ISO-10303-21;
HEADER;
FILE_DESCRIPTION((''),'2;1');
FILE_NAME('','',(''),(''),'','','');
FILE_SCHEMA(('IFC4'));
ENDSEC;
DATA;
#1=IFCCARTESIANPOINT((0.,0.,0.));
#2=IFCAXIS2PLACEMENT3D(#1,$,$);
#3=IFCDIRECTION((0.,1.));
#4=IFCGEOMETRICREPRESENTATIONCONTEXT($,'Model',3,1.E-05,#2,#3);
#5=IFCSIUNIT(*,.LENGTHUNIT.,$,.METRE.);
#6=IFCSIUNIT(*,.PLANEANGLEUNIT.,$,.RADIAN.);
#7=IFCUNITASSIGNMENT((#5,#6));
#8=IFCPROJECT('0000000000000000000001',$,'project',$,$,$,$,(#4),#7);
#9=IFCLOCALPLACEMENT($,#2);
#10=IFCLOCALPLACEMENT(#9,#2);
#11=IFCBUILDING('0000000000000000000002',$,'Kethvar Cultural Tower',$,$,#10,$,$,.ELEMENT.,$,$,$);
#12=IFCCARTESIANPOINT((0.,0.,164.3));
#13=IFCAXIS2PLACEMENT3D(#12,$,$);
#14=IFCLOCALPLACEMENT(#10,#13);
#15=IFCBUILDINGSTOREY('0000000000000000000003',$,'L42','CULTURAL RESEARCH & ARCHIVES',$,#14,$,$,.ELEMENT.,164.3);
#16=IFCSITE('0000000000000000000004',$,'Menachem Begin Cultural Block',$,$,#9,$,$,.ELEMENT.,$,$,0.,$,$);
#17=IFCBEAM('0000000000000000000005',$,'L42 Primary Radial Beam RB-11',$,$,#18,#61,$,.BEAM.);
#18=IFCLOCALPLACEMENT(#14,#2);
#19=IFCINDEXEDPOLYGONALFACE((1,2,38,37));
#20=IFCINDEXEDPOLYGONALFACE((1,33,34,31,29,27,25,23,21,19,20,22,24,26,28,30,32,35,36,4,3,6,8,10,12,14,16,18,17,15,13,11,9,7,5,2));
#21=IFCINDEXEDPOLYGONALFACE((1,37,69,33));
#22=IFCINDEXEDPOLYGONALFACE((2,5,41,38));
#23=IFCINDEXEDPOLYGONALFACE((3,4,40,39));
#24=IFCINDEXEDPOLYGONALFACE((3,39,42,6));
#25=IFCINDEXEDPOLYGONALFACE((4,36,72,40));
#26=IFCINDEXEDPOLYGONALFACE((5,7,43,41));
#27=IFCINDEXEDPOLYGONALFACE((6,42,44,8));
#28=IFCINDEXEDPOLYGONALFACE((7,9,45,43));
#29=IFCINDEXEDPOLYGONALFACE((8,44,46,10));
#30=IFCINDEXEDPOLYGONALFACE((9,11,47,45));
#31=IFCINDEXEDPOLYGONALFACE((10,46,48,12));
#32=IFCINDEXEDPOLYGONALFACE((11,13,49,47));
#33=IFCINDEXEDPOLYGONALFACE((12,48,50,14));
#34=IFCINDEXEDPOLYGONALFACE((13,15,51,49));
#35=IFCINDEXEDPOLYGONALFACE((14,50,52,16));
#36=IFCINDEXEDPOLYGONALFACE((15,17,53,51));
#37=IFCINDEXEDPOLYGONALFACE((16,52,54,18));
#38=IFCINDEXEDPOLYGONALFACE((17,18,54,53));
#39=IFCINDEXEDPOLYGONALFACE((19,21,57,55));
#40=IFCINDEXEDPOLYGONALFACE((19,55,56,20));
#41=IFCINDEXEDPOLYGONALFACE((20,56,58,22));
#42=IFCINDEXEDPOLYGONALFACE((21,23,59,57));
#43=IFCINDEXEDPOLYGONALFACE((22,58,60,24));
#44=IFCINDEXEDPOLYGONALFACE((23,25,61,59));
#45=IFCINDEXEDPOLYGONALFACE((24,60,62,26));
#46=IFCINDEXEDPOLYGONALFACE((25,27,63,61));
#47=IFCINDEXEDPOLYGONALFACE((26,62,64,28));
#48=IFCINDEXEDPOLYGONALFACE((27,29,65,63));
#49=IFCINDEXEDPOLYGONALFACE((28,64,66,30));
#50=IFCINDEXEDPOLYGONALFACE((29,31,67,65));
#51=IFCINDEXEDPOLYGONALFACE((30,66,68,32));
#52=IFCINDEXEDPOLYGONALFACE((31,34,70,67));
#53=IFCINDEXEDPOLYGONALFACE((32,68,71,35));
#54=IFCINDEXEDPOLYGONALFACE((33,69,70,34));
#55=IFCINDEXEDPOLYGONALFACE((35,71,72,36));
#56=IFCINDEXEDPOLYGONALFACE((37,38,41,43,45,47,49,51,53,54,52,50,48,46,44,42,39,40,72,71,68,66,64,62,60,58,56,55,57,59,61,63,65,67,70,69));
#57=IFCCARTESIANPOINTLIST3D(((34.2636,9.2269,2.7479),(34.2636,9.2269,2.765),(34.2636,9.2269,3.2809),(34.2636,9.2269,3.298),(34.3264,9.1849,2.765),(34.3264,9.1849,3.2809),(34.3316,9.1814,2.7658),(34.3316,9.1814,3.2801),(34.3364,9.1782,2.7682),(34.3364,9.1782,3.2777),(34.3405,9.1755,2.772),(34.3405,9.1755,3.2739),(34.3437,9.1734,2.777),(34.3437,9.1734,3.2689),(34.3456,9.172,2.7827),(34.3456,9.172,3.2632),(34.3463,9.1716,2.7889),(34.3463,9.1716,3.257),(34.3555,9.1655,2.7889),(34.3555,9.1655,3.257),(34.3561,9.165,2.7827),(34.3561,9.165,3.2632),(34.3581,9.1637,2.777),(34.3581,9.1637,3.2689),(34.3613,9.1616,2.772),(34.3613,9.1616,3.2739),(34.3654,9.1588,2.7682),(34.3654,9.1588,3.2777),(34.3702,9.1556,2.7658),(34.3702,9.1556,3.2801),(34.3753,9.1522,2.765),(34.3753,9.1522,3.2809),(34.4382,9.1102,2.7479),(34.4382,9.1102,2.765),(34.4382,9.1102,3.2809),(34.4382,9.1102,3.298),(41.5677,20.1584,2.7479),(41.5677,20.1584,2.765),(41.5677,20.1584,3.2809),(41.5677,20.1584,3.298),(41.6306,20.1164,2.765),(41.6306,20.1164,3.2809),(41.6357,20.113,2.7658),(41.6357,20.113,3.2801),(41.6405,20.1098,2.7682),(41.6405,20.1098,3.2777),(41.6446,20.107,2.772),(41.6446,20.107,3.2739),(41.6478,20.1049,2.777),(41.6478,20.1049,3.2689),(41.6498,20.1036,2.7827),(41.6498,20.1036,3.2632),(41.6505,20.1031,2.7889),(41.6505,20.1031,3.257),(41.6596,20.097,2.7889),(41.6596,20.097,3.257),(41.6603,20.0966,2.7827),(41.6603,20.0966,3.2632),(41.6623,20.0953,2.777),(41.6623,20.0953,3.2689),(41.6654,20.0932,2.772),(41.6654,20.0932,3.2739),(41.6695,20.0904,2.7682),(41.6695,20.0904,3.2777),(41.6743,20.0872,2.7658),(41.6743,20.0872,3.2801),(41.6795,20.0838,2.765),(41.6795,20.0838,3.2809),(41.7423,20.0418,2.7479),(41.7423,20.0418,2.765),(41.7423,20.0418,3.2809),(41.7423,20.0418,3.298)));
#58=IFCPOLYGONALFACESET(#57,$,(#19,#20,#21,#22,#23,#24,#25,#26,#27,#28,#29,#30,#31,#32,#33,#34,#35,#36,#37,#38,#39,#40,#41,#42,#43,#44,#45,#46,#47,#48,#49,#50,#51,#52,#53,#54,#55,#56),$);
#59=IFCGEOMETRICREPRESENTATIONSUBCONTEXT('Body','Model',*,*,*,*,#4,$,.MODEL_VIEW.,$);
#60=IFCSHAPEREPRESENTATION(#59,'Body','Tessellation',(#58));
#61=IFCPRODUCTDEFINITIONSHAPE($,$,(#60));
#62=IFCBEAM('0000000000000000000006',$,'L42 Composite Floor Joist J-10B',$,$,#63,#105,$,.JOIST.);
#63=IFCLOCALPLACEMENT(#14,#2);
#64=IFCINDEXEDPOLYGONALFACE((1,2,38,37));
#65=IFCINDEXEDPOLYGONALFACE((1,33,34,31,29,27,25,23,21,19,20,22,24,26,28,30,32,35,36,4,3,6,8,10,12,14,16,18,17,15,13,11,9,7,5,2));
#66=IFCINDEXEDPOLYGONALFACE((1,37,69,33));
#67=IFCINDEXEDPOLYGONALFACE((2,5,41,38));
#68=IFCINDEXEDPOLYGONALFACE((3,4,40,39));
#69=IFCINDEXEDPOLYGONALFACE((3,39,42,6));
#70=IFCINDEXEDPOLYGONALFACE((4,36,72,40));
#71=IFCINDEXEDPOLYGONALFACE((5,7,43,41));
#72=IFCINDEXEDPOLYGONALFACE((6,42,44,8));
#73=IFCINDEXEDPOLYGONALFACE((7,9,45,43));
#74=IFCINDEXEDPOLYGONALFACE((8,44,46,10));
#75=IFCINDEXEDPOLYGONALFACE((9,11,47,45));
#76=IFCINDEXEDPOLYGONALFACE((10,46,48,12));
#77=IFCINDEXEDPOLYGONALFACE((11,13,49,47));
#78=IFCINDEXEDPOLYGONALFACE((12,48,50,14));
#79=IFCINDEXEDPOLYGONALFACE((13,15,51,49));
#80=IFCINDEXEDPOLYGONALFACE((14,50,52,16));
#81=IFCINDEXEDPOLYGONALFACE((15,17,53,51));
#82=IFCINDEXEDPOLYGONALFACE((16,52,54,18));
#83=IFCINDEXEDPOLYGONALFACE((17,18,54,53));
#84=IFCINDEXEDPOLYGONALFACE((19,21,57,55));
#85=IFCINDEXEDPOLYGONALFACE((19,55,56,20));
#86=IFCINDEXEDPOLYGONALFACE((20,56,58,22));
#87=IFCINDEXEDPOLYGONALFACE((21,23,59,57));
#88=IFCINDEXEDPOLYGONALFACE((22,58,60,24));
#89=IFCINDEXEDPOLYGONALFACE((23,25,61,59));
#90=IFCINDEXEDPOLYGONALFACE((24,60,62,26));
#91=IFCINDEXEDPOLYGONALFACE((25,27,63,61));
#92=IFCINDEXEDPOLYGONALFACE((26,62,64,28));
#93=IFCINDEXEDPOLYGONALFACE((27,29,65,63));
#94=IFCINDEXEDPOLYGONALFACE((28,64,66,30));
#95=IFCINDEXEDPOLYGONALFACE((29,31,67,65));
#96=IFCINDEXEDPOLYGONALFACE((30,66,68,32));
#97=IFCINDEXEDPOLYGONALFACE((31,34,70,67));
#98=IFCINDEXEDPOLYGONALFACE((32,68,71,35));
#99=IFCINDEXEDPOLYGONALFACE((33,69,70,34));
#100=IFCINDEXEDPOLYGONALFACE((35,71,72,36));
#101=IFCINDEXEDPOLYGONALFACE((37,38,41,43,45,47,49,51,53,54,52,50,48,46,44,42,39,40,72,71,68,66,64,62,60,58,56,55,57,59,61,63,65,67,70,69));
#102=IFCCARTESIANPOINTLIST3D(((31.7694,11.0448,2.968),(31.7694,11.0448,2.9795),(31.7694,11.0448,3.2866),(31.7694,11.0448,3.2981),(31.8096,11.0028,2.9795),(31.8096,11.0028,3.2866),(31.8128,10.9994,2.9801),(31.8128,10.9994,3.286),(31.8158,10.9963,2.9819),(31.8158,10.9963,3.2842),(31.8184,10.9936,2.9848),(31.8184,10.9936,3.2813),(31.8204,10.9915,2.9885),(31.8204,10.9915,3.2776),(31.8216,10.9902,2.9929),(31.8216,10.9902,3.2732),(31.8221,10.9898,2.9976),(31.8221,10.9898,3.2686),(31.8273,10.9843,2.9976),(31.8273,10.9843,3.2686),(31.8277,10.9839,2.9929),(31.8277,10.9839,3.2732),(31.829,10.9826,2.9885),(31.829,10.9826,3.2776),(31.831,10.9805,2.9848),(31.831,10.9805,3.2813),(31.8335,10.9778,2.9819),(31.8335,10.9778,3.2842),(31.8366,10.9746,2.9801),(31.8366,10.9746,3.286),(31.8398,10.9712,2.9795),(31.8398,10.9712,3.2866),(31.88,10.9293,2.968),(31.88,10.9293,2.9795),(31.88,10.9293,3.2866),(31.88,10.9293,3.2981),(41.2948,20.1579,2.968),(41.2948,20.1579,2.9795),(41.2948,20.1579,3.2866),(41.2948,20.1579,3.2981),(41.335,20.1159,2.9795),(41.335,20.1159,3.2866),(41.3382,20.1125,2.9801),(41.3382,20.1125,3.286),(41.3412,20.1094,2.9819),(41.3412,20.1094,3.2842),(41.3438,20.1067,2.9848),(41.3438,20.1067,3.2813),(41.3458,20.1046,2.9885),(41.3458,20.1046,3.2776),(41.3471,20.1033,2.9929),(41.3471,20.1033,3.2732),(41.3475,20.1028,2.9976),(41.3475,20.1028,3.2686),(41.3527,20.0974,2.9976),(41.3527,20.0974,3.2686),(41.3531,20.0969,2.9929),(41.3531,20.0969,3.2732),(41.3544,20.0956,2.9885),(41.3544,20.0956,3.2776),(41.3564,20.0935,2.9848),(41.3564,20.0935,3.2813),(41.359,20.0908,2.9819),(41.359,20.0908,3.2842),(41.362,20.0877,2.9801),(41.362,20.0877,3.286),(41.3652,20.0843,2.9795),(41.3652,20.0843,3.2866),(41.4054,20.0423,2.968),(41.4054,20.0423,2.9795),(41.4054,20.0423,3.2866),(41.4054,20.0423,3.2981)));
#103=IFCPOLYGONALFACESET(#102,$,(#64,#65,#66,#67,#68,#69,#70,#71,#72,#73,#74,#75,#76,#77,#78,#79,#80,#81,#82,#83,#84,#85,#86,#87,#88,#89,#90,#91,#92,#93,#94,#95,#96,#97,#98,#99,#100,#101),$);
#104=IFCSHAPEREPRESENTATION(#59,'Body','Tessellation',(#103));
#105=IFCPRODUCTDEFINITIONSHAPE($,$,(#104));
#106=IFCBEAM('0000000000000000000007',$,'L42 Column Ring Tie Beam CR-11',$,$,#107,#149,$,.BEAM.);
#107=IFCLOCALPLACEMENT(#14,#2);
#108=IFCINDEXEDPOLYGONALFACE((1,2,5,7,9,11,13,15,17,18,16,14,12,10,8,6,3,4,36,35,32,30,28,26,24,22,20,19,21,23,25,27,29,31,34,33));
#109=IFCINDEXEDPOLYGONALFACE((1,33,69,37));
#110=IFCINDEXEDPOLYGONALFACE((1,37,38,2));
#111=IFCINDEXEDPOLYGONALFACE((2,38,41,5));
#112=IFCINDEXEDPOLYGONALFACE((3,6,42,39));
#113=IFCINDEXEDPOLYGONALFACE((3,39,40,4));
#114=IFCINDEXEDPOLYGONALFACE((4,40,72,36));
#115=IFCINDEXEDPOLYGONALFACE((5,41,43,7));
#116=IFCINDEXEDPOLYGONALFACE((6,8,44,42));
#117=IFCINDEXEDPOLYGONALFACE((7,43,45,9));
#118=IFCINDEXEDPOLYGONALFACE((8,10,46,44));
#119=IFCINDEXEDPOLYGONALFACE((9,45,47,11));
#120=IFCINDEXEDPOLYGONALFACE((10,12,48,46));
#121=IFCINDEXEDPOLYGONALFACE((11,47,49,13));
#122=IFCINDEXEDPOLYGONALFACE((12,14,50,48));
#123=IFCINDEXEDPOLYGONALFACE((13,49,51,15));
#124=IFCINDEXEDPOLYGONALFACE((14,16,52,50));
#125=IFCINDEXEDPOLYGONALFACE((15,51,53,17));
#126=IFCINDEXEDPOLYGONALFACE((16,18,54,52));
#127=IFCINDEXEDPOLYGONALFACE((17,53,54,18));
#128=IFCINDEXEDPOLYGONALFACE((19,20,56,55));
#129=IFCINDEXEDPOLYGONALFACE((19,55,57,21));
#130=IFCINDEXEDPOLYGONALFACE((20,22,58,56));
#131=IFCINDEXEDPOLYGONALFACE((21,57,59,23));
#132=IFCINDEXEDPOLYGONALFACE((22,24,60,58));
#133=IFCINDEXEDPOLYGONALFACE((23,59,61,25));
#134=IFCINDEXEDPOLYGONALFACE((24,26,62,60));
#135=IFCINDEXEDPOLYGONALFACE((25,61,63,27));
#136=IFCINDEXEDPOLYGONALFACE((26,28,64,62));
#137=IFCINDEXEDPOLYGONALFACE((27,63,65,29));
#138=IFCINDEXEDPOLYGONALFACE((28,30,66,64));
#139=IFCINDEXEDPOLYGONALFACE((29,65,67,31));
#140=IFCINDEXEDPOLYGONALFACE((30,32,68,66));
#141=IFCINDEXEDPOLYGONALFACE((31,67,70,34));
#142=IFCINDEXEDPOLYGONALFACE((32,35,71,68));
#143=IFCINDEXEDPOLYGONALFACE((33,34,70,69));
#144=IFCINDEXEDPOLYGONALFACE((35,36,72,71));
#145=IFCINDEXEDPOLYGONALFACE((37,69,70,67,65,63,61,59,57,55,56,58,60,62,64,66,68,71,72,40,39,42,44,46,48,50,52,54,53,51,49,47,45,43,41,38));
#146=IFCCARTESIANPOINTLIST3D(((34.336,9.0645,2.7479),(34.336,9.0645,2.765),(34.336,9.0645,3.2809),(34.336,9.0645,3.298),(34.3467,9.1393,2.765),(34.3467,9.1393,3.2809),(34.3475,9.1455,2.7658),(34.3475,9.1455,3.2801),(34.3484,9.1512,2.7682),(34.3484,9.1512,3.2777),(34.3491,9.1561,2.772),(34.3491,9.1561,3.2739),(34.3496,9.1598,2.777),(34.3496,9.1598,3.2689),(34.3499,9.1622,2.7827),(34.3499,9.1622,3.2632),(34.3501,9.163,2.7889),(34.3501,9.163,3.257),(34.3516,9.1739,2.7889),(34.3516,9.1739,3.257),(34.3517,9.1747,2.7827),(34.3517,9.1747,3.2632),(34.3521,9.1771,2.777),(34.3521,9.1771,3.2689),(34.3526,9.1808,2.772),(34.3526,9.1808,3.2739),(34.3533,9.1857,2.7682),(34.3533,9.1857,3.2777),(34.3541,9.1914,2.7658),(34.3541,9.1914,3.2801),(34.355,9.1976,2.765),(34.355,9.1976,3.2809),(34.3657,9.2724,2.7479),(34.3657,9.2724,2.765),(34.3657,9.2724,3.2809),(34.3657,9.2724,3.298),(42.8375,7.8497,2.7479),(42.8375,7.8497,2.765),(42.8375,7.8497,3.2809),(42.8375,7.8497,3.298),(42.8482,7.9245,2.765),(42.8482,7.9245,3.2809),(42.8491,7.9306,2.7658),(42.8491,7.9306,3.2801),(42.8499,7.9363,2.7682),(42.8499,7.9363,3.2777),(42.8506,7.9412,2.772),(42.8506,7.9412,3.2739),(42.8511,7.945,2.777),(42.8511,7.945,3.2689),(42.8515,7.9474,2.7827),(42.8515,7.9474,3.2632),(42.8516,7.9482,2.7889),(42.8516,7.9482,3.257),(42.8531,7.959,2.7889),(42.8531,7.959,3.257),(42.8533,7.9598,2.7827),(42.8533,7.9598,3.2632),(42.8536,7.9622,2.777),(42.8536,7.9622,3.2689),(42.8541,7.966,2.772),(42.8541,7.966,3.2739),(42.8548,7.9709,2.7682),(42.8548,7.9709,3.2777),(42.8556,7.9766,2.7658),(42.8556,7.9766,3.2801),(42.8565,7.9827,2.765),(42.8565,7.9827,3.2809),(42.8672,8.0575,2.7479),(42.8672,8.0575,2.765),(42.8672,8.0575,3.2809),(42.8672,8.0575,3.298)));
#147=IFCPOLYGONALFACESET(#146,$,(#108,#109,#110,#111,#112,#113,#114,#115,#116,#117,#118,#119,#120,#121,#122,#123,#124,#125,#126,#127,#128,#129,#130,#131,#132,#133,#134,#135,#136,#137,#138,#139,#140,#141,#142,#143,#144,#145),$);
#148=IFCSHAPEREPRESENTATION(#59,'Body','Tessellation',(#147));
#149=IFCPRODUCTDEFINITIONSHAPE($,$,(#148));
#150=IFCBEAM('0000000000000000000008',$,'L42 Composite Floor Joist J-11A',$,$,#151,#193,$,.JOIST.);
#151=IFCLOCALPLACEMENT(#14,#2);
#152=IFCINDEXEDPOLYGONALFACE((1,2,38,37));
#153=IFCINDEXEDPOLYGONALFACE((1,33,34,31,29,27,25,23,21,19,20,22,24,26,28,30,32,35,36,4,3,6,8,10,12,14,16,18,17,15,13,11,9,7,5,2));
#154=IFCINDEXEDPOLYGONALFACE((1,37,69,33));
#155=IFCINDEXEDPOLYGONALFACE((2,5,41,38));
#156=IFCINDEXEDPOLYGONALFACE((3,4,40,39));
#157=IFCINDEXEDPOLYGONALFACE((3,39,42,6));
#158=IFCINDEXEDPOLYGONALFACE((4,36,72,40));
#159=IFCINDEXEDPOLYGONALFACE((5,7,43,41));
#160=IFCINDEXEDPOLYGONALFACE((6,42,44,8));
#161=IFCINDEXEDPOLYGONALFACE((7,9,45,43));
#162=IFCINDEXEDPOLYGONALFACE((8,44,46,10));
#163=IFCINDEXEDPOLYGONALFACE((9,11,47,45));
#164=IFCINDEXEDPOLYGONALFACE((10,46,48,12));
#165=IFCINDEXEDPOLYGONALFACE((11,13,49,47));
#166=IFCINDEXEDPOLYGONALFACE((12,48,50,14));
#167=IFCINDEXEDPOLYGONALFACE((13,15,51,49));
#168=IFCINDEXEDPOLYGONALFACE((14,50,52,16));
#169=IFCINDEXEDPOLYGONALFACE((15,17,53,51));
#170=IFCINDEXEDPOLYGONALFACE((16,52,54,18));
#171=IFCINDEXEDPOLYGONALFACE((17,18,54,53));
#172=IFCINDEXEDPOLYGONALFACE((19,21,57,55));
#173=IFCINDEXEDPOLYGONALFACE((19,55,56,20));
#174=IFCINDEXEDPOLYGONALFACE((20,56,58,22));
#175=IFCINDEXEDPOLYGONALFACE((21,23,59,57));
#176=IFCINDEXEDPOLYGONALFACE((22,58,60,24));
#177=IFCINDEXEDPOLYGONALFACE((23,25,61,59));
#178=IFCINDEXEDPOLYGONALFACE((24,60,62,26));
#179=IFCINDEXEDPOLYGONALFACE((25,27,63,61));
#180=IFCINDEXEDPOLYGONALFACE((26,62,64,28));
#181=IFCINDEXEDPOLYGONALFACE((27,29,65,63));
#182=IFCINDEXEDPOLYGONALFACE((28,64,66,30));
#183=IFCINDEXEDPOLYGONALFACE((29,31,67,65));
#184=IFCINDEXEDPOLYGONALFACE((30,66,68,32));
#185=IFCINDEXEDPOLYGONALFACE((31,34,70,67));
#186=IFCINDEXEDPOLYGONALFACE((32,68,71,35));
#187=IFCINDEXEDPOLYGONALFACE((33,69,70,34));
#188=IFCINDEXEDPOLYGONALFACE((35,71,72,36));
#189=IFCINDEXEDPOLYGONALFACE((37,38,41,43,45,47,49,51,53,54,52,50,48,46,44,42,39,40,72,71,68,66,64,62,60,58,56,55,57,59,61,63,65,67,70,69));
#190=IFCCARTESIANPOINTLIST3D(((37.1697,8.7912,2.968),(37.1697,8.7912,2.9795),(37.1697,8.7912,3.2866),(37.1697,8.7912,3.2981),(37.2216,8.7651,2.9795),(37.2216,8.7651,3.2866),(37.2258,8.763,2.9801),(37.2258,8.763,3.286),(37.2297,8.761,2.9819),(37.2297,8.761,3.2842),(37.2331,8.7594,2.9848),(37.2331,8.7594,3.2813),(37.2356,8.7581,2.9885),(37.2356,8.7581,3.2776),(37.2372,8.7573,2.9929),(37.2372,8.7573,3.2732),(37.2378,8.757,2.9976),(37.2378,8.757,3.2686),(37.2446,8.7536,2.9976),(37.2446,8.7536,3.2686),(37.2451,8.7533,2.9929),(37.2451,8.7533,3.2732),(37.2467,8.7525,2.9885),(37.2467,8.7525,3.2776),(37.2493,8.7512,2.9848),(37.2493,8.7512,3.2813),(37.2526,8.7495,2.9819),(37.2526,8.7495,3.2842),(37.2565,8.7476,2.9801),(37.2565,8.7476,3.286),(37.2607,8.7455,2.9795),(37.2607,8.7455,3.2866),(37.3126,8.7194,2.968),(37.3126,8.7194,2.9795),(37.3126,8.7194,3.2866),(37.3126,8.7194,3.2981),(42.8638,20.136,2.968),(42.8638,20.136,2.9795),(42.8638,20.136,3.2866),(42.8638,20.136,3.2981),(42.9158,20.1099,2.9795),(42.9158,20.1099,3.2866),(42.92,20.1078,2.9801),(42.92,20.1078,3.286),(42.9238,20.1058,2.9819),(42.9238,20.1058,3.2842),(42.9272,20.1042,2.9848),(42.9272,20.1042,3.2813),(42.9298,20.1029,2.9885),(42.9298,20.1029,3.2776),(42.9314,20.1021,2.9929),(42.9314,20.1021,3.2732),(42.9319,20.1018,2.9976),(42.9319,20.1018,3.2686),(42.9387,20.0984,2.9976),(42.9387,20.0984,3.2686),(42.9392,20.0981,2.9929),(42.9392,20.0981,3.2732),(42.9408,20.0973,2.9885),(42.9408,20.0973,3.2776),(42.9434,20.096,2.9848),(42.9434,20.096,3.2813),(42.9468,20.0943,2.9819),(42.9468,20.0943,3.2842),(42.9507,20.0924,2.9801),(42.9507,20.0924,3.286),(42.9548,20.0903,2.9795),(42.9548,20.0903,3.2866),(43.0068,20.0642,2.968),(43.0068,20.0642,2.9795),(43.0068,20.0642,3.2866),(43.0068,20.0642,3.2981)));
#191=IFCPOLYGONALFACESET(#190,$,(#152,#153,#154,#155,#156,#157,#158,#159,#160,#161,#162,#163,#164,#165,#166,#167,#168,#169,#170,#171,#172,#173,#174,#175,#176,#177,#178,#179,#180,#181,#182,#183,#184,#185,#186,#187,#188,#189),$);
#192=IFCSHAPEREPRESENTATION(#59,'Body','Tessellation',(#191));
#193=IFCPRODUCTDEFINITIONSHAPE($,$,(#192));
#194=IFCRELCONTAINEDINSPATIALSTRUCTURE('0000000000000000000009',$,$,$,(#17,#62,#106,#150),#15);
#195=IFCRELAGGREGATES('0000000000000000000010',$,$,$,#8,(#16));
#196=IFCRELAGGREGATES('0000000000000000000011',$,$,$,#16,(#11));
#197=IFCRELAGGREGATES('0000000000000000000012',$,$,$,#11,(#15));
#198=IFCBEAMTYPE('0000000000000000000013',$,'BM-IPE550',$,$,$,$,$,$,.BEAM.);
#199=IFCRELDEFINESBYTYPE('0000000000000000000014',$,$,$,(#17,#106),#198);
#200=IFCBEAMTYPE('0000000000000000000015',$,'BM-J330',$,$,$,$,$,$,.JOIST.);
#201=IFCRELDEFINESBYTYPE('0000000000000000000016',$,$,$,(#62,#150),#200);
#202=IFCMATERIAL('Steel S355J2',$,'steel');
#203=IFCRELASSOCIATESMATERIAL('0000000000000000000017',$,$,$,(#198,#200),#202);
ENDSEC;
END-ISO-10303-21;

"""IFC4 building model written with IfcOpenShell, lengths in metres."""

from ifc_helpers import new_model, si_unit, direction, frame, origin, origin_2d, place, context, subcontext, project, spatial, i_section, extrude, source, transform, mapped, material, material_profile, profile_set, type_object, element, save


model = new_model("IFC4")

# Units and contexts
model_context = context("Model", 3, precision=1e-05, world=origin(), true_north=direction((0.0, 1.0)))
body_context = subcontext(model_context, "Body", "Model", "MODEL_VIEW")
ifc_project = project(units=[si_unit("LENGTHUNIT", "METRE"), si_unit("PLANEANGLEUNIT", "RADIAN")], contexts=[model_context])

# Site, building, storey
site_placement = place(None, origin())
site = spatial("IfcSite", under=ifc_project, at=site_placement, Name="Menachem Begin Cultural Block", CompositionType="ELEMENT", RefElevation=0.0)
building_placement = place(site_placement, origin())
building = spatial("IfcBuilding", under=site, at=building_placement, Name="Kethvar Cultural Tower", CompositionType="ELEMENT")
storey_placement = place(building_placement, frame((0.0, 0.0, 164.3)))
storey = spatial("IfcBuildingStorey", under=building, at=storey_placement, Name="L42", Description="CULTURAL RESEARCH & ARCHIVES", CompositionType="ELEMENT", Elevation=164.3)

# Beams
ifc_material_1 = material(Name="Steel S355J2", Category="steel")
ifc_material_profile_1 = material_profile(ifc_material_1, i_section(OverallWidth=0.21, OverallDepth=0.55, WebThickness=0.011, FlangeThickness=0.0171, FilletRadius=0.0239, at=origin_2d()), Name="Steel S355J2 — IPE550")
ifc_profile_set_1 = profile_set([ifc_material_profile_1], Name="Steel S355J2 — IPE550")
beam_type_1 = type_object("IfcBeamType", Name="BM-IPE550", PredefinedType="BEAM", material=ifc_profile_set_1)
shared_shape_1 = source(origin(), body_context, "Body", "SweptSolid", [
    extrude(i_section(OverallWidth=0.21, OverallDepth=0.55, WebThickness=0.011, FlangeThickness=0.0171, FilletRadius=0.0239, at=origin_2d()), origin(), (0.0, 0.0, 1.0), 13.1472),
])
beam_1_placement = place(storey_placement, frame((41.655, 20.1001, 3.0229), z_axis=(-0.555566, -0.831473, 0.0), x_axis=(0.831473, -0.555566, 0.0)))
element("IfcBeam", 1, at=beam_1_placement, inside=storey, type_object=beam_type_1, Name="L42 Primary Radial Beam RB-11", PredefinedType="BEAM", context=body_context, shape_type="MappedRepresentation", body=[
    mapped(shared_shape_1, transform((0.0, 0.0, 0.0), scale=1.0)),
])
ifc_material_profile_2 = material_profile(ifc_material_1, i_section(OverallWidth=0.1599, OverallDepth=0.3301, WebThickness=0.0076, FlangeThickness=0.0115, FilletRadius=0.0181, at=origin_2d()), Name="Steel S355J2 — IPE330")
ifc_profile_set_2 = profile_set([ifc_material_profile_2], Name="Steel S355J2 — IPE330")
beam_type_2 = type_object("IfcBeamType", Name="BM-J330", PredefinedType="JOIST", material=ifc_profile_set_2)
shared_shape_2 = source(origin(), body_context, "Body", "SweptSolid", [
    extrude(i_section(OverallWidth=0.1599, OverallDepth=0.3301, WebThickness=0.0076, FlangeThickness=0.0115, FilletRadius=0.0181, at=origin_2d()), origin(), (0.0, 0.0, 1.0), 13.1826),
])
beam_2_placement = place(storey_placement, frame((41.3501, 20.1001, 3.1331), z_axis=(-0.722574, -0.691294, 0.0), x_axis=(0.691294, -0.722574, 0.0)))
element("IfcBeam", 2, at=beam_2_placement, inside=storey, type_object=beam_type_2, Name="L42 Composite Floor Joist J-10B", PredefinedType="JOIST", context=body_context, shape_type="MappedRepresentation", body=[
    mapped(shared_shape_2, transform((0.0, 0.0, 0.0), scale=1.0)),
])
shared_shape_3 = source(origin(), body_context, "Body", "SweptSolid", [
    extrude(i_section(OverallWidth=0.21, OverallDepth=0.55, WebThickness=0.011, FlangeThickness=0.0171, FilletRadius=0.0239, at=origin_2d()), origin(), (0.0, 0.0, 1.0), 8.5879),
])
beam_3_placement = place(storey_placement, frame((34.3508, 9.1685, 3.0229), z_axis=(0.989944, -0.141461, 0.0), x_axis=(0.141461, 0.989944, 0.0)))
element("IfcBeam", 3, at=beam_3_placement, inside=storey, type_object=beam_type_1, Name="L42 Column Ring Tie Beam CR-11", PredefinedType="BEAM", context=body_context, shape_type="MappedRepresentation", body=[
    mapped(shared_shape_3, transform((0.0, 0.0, 0.0), scale=1.0)),
])
shared_shape_4 = source(origin(), body_context, "Body", "SweptSolid", [
    extrude(i_section(OverallWidth=0.1599, OverallDepth=0.3301, WebThickness=0.0076, FlangeThickness=0.0115, FilletRadius=0.0181, at=origin_2d()), origin(), (0.0, 0.0, 1.0), 12.6936),
])
beam_4_placement = place(storey_placement, frame((42.9353, 20.1001, 3.1331), z_axis=(-0.448582, -0.893741, 0.0), x_axis=(0.893741, -0.448582, 0.0)))
element("IfcBeam", 4, at=beam_4_placement, inside=storey, type_object=beam_type_2, Name="L42 Composite Floor Joist J-11A", PredefinedType="JOIST", context=body_context, shape_type="MappedRepresentation", body=[
    mapped(shared_shape_4, transform((0.0, 0.0, 0.0), scale=1.0)),
])

save(model, "model.ifc")
